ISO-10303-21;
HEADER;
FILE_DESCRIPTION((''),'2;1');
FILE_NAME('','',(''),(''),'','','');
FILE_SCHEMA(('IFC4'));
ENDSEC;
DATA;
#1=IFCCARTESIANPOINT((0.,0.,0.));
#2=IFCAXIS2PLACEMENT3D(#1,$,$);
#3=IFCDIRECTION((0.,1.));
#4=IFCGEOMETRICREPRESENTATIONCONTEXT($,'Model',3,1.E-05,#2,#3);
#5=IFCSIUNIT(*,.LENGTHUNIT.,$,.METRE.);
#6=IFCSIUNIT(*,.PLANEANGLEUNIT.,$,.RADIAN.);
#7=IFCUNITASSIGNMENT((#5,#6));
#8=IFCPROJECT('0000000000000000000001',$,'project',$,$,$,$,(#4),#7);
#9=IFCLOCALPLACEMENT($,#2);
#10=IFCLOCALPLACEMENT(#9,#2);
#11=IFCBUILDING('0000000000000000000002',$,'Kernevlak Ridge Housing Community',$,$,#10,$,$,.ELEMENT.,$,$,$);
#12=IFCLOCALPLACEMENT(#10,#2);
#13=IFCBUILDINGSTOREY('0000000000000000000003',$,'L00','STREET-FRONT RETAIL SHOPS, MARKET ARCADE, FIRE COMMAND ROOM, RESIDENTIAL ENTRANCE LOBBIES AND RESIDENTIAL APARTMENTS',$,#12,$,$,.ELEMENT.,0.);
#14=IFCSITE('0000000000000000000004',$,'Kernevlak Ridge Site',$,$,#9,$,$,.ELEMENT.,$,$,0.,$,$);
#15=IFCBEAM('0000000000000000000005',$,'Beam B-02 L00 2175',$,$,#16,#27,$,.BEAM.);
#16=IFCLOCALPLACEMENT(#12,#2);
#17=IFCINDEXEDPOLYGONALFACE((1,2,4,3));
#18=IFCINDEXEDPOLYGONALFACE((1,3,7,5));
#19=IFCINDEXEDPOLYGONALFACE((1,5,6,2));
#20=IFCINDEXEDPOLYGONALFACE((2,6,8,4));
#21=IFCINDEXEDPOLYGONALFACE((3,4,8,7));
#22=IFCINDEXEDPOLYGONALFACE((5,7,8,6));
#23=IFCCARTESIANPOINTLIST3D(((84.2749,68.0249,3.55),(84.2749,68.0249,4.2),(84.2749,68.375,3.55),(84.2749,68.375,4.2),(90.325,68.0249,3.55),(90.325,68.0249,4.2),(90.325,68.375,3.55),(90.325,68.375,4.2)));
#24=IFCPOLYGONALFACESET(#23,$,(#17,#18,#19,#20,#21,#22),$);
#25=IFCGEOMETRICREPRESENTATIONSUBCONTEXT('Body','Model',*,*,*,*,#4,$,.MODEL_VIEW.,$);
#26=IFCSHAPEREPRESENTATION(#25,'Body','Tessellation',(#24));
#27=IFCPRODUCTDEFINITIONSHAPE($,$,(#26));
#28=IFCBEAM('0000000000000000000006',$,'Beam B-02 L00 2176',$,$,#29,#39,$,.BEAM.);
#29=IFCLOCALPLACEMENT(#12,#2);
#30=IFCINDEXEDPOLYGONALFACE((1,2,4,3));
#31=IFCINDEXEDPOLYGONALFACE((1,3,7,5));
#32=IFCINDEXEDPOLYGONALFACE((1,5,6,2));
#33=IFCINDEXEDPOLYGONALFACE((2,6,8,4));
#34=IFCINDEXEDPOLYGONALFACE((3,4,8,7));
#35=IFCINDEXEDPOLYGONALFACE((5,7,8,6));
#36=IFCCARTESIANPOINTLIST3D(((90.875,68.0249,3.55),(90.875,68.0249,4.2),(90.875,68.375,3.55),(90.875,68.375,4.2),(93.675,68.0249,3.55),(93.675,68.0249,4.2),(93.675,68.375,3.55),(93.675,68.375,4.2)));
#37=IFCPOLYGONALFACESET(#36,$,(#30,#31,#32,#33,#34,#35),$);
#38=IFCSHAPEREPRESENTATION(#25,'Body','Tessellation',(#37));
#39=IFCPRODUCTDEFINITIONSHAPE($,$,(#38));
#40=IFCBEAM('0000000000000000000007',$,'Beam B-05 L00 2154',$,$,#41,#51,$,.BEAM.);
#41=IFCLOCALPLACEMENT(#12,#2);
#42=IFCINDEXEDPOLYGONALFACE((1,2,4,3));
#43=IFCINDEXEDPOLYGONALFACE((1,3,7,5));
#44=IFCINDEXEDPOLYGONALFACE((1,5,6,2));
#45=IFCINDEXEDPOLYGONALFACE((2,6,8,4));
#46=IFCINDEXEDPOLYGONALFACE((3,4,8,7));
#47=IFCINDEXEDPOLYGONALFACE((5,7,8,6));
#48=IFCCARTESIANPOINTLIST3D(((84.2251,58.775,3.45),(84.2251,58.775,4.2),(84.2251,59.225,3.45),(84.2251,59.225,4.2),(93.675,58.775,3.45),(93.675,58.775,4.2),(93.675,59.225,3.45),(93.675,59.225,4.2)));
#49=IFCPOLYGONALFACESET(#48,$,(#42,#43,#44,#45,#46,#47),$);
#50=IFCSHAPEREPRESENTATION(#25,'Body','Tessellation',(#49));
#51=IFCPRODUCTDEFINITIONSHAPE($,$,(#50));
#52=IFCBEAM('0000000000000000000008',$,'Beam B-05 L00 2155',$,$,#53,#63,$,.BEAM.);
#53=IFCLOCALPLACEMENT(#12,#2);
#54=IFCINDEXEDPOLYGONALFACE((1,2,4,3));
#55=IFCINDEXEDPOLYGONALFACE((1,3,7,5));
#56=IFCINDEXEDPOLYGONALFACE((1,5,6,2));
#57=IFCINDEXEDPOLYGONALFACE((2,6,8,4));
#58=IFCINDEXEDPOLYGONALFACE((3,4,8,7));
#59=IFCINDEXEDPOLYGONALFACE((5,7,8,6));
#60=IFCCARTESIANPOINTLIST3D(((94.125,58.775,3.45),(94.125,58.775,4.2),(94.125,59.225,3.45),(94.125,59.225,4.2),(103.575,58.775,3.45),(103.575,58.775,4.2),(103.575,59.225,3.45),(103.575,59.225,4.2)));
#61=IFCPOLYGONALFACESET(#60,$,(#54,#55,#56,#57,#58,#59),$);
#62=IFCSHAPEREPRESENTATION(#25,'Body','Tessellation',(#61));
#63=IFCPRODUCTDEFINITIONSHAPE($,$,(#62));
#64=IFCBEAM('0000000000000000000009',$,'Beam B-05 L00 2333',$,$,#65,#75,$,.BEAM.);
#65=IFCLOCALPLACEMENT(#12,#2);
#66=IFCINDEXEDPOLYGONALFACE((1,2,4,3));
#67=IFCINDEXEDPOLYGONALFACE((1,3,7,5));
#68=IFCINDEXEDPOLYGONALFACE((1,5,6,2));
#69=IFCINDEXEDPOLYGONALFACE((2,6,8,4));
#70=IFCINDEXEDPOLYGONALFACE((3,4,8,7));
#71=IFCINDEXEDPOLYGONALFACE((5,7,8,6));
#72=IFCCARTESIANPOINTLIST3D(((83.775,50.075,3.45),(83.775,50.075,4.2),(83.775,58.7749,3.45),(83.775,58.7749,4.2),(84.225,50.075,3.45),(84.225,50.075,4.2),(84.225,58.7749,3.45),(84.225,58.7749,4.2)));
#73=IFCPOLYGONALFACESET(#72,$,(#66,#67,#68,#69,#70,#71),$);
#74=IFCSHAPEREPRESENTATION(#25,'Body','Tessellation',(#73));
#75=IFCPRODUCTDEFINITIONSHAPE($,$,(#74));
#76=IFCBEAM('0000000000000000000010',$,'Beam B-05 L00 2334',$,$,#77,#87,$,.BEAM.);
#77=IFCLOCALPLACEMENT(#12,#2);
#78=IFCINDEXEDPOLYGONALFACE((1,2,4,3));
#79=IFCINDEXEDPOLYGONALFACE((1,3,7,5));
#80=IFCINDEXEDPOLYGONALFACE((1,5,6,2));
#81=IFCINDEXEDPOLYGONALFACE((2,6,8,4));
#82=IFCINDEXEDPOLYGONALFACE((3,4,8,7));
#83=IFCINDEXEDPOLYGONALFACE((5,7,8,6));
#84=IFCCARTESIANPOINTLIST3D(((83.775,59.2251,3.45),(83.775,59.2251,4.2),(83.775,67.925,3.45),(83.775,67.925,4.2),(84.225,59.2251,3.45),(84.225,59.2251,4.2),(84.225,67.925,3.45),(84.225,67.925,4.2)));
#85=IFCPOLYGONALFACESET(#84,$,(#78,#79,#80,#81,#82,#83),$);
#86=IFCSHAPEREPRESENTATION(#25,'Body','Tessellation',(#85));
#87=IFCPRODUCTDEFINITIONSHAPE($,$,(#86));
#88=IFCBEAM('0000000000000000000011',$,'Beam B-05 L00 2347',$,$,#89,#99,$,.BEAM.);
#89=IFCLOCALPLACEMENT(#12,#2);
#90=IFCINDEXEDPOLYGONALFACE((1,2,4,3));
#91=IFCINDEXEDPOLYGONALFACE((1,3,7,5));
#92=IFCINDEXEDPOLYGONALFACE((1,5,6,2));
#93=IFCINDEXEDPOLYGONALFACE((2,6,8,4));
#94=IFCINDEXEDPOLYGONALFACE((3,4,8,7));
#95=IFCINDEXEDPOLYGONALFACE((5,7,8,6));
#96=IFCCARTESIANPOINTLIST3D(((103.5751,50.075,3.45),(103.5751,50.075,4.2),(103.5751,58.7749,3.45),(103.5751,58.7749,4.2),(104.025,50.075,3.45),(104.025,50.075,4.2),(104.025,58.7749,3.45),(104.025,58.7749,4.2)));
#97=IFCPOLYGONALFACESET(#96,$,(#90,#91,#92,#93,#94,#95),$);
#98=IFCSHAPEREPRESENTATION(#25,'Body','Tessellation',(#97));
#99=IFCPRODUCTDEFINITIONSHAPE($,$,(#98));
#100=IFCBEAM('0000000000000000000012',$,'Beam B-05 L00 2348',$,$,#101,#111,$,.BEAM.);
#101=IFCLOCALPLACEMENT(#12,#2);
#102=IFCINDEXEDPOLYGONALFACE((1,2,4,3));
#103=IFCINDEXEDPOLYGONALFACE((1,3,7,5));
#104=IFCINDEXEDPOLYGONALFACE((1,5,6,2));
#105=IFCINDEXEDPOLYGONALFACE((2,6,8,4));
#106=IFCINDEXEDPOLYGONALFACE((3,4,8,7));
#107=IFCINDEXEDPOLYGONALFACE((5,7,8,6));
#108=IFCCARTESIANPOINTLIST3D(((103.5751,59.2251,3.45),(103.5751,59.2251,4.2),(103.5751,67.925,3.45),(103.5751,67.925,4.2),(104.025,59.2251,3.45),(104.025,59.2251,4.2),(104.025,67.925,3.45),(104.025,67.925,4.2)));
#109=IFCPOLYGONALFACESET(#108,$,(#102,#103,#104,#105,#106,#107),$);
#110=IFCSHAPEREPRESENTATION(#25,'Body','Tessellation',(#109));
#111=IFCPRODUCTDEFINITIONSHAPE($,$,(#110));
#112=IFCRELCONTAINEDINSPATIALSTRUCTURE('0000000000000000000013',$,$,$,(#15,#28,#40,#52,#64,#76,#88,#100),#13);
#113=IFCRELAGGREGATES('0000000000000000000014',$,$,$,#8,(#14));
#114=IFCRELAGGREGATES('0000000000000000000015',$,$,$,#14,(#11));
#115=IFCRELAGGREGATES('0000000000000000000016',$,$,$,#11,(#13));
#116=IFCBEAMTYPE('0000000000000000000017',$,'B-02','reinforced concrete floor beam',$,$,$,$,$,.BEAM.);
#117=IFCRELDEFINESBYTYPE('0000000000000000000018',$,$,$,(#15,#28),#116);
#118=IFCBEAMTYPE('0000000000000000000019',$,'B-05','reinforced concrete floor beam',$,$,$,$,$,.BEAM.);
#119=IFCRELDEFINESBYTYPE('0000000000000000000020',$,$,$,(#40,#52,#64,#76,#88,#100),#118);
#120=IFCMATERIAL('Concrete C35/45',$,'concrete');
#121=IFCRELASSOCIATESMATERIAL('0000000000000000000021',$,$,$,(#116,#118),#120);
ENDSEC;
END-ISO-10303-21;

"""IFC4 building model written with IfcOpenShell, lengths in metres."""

from ifc_helpers import new_model, si_unit, direction, frame, origin, origin_2d, place, context, subcontext, project, spatial, rectangle, extrude, material, material_profile, profile_set, type_object, element, save


model = new_model("IFC4")

# Units and contexts
model_context = context("Model", 3, precision=1e-05, world=origin(), true_north=direction((0.0, 1.0)))
body_context = subcontext(model_context, "Body", "Model", "MODEL_VIEW")
ifc_project = project(units=[si_unit("LENGTHUNIT", "METRE"), si_unit("PLANEANGLEUNIT", "RADIAN")], contexts=[model_context])

# Site, building, storey
site_placement = place(None, origin())
site = spatial("IfcSite", under=ifc_project, at=site_placement, Name="Kernevlak Ridge Site", CompositionType="ELEMENT", RefElevation=0.0)
building_placement = place(site_placement, origin())
building = spatial("IfcBuilding", under=site, at=building_placement, Name="Kernevlak Ridge Housing Community", CompositionType="ELEMENT")
storey_placement = place(building_placement, origin())
storey = spatial("IfcBuildingStorey", under=building, at=storey_placement, Name="L00", Description="STREET-FRONT RETAIL SHOPS, MARKET ARCADE, FIRE COMMAND ROOM, RESIDENTIAL ENTRANCE LOBBIES AND RESIDENTIAL APARTMENTS", CompositionType="ELEMENT", Elevation=0.0)

# Shared definitions
ifc_material_1 = material(Name="Concrete C35/45", Category="concrete")

# Beams
ifc_material_profile_1 = material_profile(ifc_material_1, rectangle(XDim=0.3501, YDim=0.6499, at=origin_2d()), Name="RC 350x650")
ifc_profile_set_1 = profile_set([ifc_material_profile_1], Name="Concrete C35/45")
beam_type_1 = type_object("IfcBeamType", Name="B-02", Description="reinforced concrete floor beam", PredefinedType="BEAM", material=ifc_profile_set_1)
for number, where, z_axis, x_axis, name in (
    (1, (84.2749, 68.2, 3.875), (1.0, 0.0, 0.0), (0.0, 1.0, 0.0), "Beam B-02 L00 2175"),
):
    element("IfcBeam", number, at=place(storey_placement, frame(where, z_axis=z_axis, x_axis=x_axis)), inside=storey, type_object=beam_type_1, Name=name, PredefinedType="BEAM", context=body_context, shape_type="SweptSolid", body=[
        extrude(rectangle(XDim=0.3501, YDim=0.6499, at=origin_2d()), origin(), (0.0, 0.0, 1.0), 6.05),
    ])
beam_1_placement = place(storey_placement, frame((90.875, 68.2, 3.875), z_axis=(1.0, 0.0, 0.0), x_axis=(0.0, 1.0, 0.0)))
element("IfcBeam", 2, at=beam_1_placement, inside=storey, type_object=beam_type_1, Name="Beam B-02 L00 2176", PredefinedType="BEAM", context=body_context, shape_type="SweptSolid", body=[
    extrude(rectangle(XDim=0.3501, YDim=0.6499, at=origin_2d()), origin(), (0.0, 0.0, 1.0), 2.8),
])
ifc_material_profile_2 = material_profile(ifc_material_1, rectangle(XDim=0.45, YDim=0.75, at=origin_2d()), Name="RC 450x750")
ifc_profile_set_2 = profile_set([ifc_material_profile_2], Name="Concrete C35/45")
beam_type_2 = type_object("IfcBeamType", Name="B-05", Description="reinforced concrete floor beam", PredefinedType="BEAM", material=ifc_profile_set_2)
for number, where, z_axis, x_axis, name in (
    (3, (84.2251, 59.0, 3.825), (1.0, 0.0, 0.0), (0.0, 1.0, 0.0), "Beam B-05 L00 2154"),
    (4, (94.125, 59.0, 3.825), (1.0, 0.0, 0.0), (0.0, 1.0, 0.0), "Beam B-05 L00 2155"),
):
    element("IfcBeam", number, at=place(storey_placement, frame(where, z_axis=z_axis, x_axis=x_axis)), inside=storey, type_object=beam_type_2, Name=name, PredefinedType="BEAM", context=body_context, shape_type="SweptSolid", body=[
        extrude(rectangle(XDim=0.45, YDim=0.75, at=origin_2d()), origin(), (0.0, 0.0, 1.0), 9.45),
    ])
for number, where, z_axis, x_axis, name in (
    (5, (84.0, 50.075, 3.825), (0.0, 1.0, 0.0), (-1.0, 0.0, 0.0), "Beam B-05 L00 2333"),
    (6, (84.0, 59.2251, 3.825), (0.0, 1.0, 0.0), (-1.0, 0.0, 0.0), "Beam B-05 L00 2334"),
    (7, (103.8, 50.075, 3.825), (0.0, 1.0, 0.0), (-1.0, 0.0, 0.0), "Beam B-05 L00 2347"),
    (8, (103.8, 59.2251, 3.825), (0.0, 1.0, 0.0), (-1.0, 0.0, 0.0), "Beam B-05 L00 2348"),
):
    element("IfcBeam", number, at=place(storey_placement, frame(where, z_axis=z_axis, x_axis=x_axis)), inside=storey, type_object=beam_type_2, Name=name, PredefinedType="BEAM", context=body_context, shape_type="SweptSolid", body=[
        extrude(rectangle(XDim=0.45, YDim=0.75, at=origin_2d()), origin(), (0.0, 0.0, 1.0), 8.7),
    ])

save(model, "model.ifc")
